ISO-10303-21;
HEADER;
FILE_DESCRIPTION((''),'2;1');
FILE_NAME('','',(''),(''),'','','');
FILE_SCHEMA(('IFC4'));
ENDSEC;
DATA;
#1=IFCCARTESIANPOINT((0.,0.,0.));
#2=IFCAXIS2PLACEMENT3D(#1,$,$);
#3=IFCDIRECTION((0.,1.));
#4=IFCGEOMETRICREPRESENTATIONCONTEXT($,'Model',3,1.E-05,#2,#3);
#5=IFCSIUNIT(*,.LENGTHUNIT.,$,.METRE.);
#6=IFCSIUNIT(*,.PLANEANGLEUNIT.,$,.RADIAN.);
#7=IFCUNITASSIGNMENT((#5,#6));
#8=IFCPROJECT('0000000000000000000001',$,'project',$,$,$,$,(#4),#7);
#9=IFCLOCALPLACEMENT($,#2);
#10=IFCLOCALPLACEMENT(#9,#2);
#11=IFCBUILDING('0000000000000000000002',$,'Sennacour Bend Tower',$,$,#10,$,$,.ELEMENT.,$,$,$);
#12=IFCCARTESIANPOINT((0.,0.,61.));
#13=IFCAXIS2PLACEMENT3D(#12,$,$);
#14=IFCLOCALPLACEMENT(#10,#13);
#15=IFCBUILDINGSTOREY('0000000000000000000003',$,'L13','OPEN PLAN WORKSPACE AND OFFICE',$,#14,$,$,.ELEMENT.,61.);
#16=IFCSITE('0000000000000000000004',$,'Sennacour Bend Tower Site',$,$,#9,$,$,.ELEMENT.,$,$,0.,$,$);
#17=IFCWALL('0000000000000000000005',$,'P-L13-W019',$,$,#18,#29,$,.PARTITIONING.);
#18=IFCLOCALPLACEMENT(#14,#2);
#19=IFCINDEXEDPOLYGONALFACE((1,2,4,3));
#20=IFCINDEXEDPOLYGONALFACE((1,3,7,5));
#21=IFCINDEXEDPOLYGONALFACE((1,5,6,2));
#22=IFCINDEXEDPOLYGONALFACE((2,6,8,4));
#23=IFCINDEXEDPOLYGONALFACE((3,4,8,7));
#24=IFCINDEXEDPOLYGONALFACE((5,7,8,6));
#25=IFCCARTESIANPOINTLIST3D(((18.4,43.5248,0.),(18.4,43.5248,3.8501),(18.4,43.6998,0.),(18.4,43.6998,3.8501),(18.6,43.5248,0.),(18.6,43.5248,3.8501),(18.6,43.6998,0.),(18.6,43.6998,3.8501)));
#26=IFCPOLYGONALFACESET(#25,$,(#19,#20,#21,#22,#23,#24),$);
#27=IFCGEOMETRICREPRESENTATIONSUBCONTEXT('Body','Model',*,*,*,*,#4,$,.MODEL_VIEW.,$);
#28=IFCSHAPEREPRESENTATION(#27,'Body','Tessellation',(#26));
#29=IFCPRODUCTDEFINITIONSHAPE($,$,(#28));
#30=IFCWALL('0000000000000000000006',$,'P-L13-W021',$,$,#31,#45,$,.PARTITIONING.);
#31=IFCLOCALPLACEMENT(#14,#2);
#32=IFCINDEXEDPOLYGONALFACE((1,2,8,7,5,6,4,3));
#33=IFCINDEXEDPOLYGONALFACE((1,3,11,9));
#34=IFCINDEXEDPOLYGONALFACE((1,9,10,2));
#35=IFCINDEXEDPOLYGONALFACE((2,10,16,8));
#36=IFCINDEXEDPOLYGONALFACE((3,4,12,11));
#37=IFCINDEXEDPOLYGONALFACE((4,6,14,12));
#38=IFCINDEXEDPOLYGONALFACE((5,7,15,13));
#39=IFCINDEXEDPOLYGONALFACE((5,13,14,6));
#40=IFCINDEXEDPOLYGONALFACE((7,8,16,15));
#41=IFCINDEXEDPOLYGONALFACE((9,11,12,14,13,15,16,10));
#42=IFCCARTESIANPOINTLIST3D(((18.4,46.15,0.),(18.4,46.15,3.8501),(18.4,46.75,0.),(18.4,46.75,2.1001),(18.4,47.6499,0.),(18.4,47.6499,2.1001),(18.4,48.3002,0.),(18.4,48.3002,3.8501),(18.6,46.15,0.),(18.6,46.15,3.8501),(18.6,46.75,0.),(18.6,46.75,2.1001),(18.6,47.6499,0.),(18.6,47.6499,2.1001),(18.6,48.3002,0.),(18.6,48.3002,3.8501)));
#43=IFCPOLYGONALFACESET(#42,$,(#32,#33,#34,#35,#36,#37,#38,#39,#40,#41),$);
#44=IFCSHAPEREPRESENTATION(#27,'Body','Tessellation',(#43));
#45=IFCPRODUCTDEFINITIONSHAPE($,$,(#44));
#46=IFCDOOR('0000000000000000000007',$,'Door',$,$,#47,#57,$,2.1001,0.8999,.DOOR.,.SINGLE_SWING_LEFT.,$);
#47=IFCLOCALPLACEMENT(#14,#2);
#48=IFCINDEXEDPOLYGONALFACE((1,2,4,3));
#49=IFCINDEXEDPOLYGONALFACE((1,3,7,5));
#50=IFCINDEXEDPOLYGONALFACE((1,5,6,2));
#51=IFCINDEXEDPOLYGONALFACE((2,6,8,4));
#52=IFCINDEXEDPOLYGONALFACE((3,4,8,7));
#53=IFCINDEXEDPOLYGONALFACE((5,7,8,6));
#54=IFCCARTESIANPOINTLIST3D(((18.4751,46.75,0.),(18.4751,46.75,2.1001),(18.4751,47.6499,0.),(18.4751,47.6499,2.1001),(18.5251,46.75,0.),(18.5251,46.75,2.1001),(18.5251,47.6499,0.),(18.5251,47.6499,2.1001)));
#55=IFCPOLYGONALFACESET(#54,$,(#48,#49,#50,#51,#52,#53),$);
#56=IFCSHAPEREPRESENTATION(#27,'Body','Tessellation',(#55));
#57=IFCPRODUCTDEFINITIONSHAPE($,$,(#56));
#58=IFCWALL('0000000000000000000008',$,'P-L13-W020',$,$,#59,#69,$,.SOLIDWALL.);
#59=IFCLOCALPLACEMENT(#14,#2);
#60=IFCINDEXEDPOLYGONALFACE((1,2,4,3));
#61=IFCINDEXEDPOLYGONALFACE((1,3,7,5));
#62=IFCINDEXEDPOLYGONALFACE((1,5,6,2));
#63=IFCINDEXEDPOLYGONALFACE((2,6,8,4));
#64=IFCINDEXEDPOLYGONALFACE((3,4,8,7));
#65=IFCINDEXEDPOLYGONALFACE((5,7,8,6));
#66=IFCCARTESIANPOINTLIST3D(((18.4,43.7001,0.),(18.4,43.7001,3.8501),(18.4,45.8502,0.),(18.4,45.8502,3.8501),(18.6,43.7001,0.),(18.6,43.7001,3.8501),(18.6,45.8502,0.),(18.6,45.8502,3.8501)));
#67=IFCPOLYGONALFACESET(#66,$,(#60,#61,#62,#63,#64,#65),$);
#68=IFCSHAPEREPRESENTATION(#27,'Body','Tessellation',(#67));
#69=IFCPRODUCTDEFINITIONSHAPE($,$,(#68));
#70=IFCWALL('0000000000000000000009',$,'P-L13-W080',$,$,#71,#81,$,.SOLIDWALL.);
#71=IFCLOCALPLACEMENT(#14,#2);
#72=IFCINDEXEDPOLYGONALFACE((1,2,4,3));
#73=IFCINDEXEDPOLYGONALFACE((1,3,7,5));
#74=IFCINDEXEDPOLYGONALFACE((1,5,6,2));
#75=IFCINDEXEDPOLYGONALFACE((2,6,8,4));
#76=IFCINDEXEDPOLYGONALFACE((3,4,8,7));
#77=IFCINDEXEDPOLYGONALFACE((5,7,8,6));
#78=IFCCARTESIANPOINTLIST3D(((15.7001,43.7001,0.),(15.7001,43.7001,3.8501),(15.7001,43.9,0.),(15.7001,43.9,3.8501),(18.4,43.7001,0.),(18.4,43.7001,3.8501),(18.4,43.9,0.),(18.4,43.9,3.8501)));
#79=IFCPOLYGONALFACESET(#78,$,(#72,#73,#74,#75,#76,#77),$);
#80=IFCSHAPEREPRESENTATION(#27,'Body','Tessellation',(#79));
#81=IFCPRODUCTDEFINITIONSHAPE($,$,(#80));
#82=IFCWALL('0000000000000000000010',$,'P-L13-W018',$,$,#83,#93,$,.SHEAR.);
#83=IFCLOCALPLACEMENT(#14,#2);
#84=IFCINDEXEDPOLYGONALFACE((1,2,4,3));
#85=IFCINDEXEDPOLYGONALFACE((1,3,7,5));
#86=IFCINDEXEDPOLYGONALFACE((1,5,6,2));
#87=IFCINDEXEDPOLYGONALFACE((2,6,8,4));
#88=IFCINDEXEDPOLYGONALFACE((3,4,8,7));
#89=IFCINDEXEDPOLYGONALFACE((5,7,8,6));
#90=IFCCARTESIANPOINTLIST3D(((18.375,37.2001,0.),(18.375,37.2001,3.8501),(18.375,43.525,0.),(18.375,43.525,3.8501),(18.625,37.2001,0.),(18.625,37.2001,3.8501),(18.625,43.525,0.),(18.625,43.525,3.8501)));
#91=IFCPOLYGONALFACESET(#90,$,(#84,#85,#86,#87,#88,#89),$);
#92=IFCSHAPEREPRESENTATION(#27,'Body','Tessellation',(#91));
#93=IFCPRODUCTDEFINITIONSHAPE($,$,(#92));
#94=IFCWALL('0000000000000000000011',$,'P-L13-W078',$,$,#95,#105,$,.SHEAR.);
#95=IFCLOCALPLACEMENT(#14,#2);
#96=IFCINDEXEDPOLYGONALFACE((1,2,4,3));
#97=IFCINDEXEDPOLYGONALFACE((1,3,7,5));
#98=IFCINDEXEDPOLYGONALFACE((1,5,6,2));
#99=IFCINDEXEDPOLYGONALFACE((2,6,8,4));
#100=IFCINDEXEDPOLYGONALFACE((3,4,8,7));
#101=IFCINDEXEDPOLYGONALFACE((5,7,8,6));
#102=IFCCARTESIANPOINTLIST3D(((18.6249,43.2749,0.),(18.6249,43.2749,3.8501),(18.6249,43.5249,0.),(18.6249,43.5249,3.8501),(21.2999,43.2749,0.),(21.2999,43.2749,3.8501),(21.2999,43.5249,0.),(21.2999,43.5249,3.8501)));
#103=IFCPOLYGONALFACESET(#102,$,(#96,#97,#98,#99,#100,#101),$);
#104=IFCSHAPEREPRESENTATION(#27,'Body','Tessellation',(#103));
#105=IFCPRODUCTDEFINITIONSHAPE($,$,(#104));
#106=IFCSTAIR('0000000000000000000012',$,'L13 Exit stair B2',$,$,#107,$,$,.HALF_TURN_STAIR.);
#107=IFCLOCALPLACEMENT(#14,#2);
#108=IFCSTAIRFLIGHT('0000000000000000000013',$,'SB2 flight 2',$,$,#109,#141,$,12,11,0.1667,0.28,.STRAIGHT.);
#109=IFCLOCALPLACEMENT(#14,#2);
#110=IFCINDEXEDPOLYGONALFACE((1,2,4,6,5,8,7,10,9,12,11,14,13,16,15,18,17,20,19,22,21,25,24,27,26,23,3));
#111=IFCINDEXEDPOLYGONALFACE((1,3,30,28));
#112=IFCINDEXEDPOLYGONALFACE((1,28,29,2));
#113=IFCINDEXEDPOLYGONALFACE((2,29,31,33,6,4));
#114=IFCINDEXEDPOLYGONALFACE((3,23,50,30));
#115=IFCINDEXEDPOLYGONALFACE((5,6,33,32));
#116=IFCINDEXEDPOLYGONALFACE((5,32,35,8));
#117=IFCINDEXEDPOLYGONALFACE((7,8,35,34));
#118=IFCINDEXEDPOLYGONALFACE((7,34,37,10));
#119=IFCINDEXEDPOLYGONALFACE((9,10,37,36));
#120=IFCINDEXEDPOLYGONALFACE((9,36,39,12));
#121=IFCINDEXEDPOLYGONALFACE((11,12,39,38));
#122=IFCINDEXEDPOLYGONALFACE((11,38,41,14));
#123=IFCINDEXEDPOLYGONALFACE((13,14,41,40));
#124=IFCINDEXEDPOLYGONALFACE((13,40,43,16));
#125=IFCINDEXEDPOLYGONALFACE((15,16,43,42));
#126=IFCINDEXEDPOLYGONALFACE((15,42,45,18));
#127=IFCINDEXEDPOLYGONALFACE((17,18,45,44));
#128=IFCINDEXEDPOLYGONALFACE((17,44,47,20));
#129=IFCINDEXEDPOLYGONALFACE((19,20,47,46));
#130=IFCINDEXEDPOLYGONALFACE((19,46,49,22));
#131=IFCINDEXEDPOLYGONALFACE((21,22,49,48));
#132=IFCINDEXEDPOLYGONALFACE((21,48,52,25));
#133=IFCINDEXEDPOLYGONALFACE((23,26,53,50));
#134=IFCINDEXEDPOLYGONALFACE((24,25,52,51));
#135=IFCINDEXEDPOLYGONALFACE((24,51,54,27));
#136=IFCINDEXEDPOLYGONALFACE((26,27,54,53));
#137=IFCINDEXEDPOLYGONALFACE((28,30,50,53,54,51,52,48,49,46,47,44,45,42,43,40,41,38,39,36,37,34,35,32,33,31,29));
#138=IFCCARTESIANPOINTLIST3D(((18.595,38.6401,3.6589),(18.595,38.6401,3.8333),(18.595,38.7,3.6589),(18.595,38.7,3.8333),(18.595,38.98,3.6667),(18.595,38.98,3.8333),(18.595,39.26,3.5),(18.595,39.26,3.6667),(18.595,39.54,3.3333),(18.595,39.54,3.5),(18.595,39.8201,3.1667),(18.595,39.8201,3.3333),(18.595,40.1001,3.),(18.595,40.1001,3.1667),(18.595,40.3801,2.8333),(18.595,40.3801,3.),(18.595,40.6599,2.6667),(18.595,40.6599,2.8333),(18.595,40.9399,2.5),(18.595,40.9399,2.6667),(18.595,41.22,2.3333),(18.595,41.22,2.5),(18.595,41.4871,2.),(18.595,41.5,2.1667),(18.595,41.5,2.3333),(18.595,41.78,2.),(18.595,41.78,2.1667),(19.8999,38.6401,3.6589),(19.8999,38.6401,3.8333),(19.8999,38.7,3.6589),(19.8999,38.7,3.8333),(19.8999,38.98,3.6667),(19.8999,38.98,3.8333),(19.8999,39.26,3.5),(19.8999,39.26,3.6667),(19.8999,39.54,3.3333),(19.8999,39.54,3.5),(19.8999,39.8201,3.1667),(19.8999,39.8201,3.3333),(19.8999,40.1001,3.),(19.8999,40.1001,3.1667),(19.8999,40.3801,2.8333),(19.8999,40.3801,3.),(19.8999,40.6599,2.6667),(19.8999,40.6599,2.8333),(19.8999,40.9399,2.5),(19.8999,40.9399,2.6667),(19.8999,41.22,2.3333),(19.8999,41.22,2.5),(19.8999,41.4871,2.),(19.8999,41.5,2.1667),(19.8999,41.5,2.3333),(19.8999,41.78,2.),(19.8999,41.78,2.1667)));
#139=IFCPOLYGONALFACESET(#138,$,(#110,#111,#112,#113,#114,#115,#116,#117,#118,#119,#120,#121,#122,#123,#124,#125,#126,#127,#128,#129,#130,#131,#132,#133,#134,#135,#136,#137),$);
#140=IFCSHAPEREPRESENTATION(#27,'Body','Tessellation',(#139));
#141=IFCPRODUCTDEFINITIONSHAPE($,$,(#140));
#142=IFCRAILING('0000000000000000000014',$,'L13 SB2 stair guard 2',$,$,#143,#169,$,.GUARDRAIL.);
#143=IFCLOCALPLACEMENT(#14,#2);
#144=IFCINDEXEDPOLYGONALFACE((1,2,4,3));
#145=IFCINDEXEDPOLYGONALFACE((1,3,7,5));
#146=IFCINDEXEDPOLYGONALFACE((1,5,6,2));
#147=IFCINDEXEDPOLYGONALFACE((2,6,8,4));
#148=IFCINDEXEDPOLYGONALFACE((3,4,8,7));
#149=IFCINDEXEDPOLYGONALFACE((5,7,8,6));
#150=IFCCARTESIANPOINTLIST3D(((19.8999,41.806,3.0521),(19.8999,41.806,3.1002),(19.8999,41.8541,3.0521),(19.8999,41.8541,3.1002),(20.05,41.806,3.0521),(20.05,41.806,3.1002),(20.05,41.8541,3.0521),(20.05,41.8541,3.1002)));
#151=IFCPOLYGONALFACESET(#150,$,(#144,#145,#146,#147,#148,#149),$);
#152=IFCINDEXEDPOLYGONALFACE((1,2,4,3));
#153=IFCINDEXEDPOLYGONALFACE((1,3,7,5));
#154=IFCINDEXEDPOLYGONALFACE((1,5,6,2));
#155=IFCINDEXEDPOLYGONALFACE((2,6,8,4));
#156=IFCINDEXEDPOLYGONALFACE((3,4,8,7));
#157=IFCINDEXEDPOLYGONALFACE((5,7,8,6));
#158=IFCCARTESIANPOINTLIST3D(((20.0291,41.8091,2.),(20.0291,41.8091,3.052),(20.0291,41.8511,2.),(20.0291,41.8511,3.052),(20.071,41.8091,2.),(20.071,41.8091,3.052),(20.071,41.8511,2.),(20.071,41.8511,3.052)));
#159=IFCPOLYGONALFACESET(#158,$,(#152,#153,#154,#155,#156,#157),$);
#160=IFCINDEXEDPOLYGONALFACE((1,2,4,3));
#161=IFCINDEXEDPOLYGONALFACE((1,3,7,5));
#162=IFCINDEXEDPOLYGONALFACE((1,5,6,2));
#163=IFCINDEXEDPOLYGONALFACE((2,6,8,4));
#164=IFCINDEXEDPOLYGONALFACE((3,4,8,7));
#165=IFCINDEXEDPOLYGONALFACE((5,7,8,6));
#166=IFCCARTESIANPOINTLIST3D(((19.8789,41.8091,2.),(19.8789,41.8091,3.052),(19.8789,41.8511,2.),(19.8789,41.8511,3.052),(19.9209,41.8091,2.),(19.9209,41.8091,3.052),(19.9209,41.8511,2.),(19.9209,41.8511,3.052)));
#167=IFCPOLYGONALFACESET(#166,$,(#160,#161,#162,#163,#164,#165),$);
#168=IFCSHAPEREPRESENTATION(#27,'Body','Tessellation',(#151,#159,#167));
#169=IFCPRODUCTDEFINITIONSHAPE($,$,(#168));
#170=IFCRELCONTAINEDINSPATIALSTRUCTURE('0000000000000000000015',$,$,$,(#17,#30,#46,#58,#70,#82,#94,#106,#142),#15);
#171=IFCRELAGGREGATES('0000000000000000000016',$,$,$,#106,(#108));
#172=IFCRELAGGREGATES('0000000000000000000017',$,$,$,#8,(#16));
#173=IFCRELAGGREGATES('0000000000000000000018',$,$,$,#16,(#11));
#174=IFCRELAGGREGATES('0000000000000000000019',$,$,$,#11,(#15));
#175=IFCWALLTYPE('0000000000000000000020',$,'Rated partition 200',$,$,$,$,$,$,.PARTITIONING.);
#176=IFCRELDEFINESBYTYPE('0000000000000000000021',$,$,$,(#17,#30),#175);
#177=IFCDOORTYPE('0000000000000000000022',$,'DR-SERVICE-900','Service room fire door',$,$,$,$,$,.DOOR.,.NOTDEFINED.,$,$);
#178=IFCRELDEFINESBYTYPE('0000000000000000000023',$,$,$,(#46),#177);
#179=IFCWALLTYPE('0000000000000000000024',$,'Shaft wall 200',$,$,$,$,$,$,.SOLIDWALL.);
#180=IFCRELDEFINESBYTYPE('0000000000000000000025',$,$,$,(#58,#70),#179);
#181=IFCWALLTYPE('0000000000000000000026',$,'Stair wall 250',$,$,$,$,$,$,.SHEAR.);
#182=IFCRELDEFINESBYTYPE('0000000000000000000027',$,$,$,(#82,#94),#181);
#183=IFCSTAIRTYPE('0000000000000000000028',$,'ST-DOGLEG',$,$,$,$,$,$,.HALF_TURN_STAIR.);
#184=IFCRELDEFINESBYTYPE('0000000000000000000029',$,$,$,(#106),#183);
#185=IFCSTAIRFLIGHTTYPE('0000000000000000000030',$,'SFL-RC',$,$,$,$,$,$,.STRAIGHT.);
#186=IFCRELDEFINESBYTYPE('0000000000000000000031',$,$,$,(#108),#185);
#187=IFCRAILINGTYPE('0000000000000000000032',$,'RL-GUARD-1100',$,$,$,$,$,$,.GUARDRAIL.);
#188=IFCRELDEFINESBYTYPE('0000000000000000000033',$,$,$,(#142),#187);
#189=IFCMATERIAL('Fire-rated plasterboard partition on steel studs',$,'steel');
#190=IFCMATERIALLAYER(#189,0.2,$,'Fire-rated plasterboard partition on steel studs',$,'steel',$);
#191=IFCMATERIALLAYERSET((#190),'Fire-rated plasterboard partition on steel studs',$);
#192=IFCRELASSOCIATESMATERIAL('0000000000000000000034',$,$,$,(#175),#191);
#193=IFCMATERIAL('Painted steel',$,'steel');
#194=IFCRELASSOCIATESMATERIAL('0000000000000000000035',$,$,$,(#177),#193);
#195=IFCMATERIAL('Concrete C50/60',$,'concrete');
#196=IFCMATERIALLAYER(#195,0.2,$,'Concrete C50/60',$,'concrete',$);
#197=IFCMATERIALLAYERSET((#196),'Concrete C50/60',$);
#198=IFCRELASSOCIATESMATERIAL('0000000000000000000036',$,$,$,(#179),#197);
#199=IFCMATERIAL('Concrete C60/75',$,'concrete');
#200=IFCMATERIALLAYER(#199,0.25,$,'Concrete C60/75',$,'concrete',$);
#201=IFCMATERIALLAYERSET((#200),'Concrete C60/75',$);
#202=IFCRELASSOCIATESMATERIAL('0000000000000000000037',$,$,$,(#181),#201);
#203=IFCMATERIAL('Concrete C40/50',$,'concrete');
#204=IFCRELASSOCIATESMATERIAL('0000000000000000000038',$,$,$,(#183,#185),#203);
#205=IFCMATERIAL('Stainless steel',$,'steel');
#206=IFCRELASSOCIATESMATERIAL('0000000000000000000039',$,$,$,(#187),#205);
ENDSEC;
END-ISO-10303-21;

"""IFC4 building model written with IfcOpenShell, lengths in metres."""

from ifc_helpers import new_model, si_unit, direction, frame, frame_2d, origin, origin_2d, place, context, subcontext, project, spatial, polyline, rectangle, outline, extrude, material, layer, layer_set, type_object, element, fill, aggregate, save


model = new_model("IFC4")

# Units and contexts
model_context = context("Model", 3, precision=1e-05, world=origin(), true_north=direction((0.0, 1.0)))
body_context = subcontext(model_context, "Body", "Model", "MODEL_VIEW")
ifc_project = project(units=[si_unit("LENGTHUNIT", "METRE"), si_unit("PLANEANGLEUNIT", "RADIAN")], contexts=[model_context])

# Site, building, storey
site_placement = place(None, origin())
site = spatial("IfcSite", under=ifc_project, at=site_placement, Name="Sennacour Bend Tower Site", CompositionType="ELEMENT", RefElevation=0.0)
building_placement = place(site_placement, origin())
building = spatial("IfcBuilding", under=site, at=building_placement, Name="Sennacour Bend Tower", CompositionType="ELEMENT")
storey_placement = place(building_placement, frame((0.0, 0.0, 61.0)))
storey = spatial("IfcBuildingStorey", under=building, at=storey_placement, Name="L13", Description="OPEN PLAN WORKSPACE AND OFFICE", CompositionType="ELEMENT", Elevation=61.0)

# Wall
ifc_material_1 = material(Name="Fire-rated plasterboard partition on steel studs", Category="steel")
ifc_layer_1 = layer(ifc_material_1, 0.2, Name="Fire-rated plasterboard partition on steel studs", Category="steel")
ifc_layer_set_1 = layer_set([ifc_layer_1], Name="Fire-rated plasterboard partition on steel studs")
wall_type_1 = type_object("IfcWallType", Name="Rated partition 200", PredefinedType="PARTITIONING", material=ifc_layer_set_1)
wall_1_placement = place(storey_placement, frame((18.5, 43.5249, 0.0), z_axis=(0.0, 0.0, 1.0), x_axis=(0.0, 1.0, 0.0)))
element("IfcWall", 1, at=wall_1_placement, inside=storey, type_object=wall_type_1, Name="P-L13-W019", PredefinedType="PARTITIONING", context=body_context, shape_type="SweptSolid", body=[
    extrude(rectangle(XDim=0.175, YDim=0.2, at=frame_2d((0.0874, 0.0))), origin(), (0.0, 0.0, 1.0), 3.8501),
])

# Wall, opening, door
wall_2_placement = place(storey_placement, frame((18.5, 46.1499, 0.0), z_axis=(0.0, 0.0, 1.0), x_axis=(0.0, 1.0, 0.0)))
wall_2 = element("IfcWall", 2, at=wall_2_placement, inside=storey, type_object=wall_type_1, Name="P-L13-W021", PredefinedType="PARTITIONING", context=body_context, shape_type="SweptSolid", body=[
    extrude(rectangle(XDim=2.1501, YDim=0.2, at=frame_2d((1.0752, 0.0))), origin(), (0.0, 0.0, 1.0), 3.8501),
])
opening_placement = place(wall_2_placement, frame((0.6001, 0.0, 0.0)))
opening = element("IfcOpeningElement", 3, at=opening_placement, cuts=wall_2, PredefinedType="OPENING", context=body_context, shape_type="SweptSolid", body=[
    extrude(rectangle(XDim=0.8999, YDim=2.1001, at=frame_2d((0.45, 1.05))), frame((0.0, 0.1099, 0.0), z_axis=(0.0, -1.0, 0.0), x_axis=(1.0, 0.0, 0.0)), (0.0, 0.0, 1.0), 0.22),
])
ifc_material_2 = material(Name="Painted steel", Category="steel")
door_type = type_object("IfcDoorType", Name="DR-SERVICE-900", Description="Service room fire door", OperationType="NOTDEFINED", PredefinedType="DOOR", material=ifc_material_2)
door_placement = place(opening_placement, origin())
door = element("IfcDoor", 4, at=door_placement, inside=storey, type_object=door_type, Name="Door", OperationType="SINGLE_SWING_LEFT", OverallHeight=2.1001, OverallWidth=0.8999, PredefinedType="DOOR", context=body_context, shape_type="SweptSolid", body=[
    extrude(rectangle(XDim=0.8999, YDim=2.1001, at=frame_2d((0.45, 1.05))), frame((0.0, 0.0249, 0.0), z_axis=(0.0, -1.0, 0.0), x_axis=(1.0, 0.0, 0.0)), (0.0, 0.0, 1.0), 0.05),
])
fill(opening, door)

# Walls
ifc_material_3 = material(Name="Concrete C50/60", Category="concrete")
ifc_layer_2 = layer(ifc_material_3, 0.2, Name="Concrete C50/60", Category="concrete")
ifc_layer_set_2 = layer_set([ifc_layer_2], Name="Concrete C50/60")
wall_type_2 = type_object("IfcWallType", Name="Shaft wall 200", PredefinedType="SOLIDWALL", material=ifc_layer_set_2)
wall_3_placement = place(storey_placement, frame((18.5, 43.7, 0.0), z_axis=(0.0, 0.0, 1.0), x_axis=(0.0, 1.0, 0.0)))
element("IfcWall", 5, at=wall_3_placement, inside=storey, type_object=wall_type_2, Name="P-L13-W020", PredefinedType="SOLIDWALL", context=body_context, shape_type="SweptSolid", body=[
    extrude(rectangle(XDim=2.1501, YDim=0.2, at=frame_2d((1.0752, 0.0))), origin(), (0.0, 0.0, 1.0), 3.8501),
])
wall_4_placement = place(storey_placement, frame((15.7, 43.8, 0.0), z_axis=(0.0, 0.0, 1.0), x_axis=(1.0, 0.0, 0.0)))
element("IfcWall", 6, at=wall_4_placement, inside=storey, type_object=wall_type_2, Name="P-L13-W080", PredefinedType="SOLIDWALL", context=body_context, shape_type="SweptSolid", body=[
    extrude(rectangle(XDim=2.7, YDim=0.2, at=frame_2d((1.3501, 0.0))), origin(), (0.0, 0.0, 1.0), 3.8501),
])
ifc_material_4 = material(Name="Concrete C60/75", Category="concrete")
ifc_layer_3 = layer(ifc_material_4, 0.25, Name="Concrete C60/75", Category="concrete")
ifc_layer_set_3 = layer_set([ifc_layer_3], Name="Concrete C60/75")
wall_type_3 = type_object("IfcWallType", Name="Stair wall 250", PredefinedType="SHEAR", material=ifc_layer_set_3)
wall_5_placement = place(storey_placement, frame((18.5, 37.2, 0.0), z_axis=(0.0, 0.0, 1.0), x_axis=(0.0, 1.0, 0.0)))
element("IfcWall", 7, at=wall_5_placement, inside=storey, type_object=wall_type_3, Name="P-L13-W018", PredefinedType="SHEAR", context=body_context, shape_type="SweptSolid", body=[
    extrude(rectangle(XDim=6.325, YDim=0.25, at=frame_2d((3.1626, 0.0))), origin(), (0.0, 0.0, 1.0), 3.8501),
])
wall_6_placement = place(storey_placement, frame((18.625, 43.3999, 0.0), z_axis=(0.0, 0.0, 1.0), x_axis=(1.0, 0.0, 0.0)))
element("IfcWall", 8, at=wall_6_placement, inside=storey, type_object=wall_type_3, Name="P-L13-W078", PredefinedType="SHEAR", context=body_context, shape_type="SweptSolid", body=[
    extrude(rectangle(XDim=2.675, YDim=0.25, at=frame_2d((1.3374, 0.0))), origin(), (0.0, 0.0, 1.0), 3.8501),
])

# Stair, stair flight
ifc_material_5 = material(Name="Concrete C40/50", Category="concrete")
stair_type = type_object("IfcStairType", Name="ST-DOGLEG", PredefinedType="HALF_TURN_STAIR", material=ifc_material_5)
stair_placement = place(storey_placement, origin())
stair = element("IfcStair", 9, at=stair_placement, inside=storey, type_object=stair_type, Name="L13 Exit stair B2", PredefinedType="HALF_TURN_STAIR")
stair_flight_type = type_object("IfcStairFlightType", Name="SFL-RC", PredefinedType="STRAIGHT", material=ifc_material_5)
stair_flight_placement = place(storey_placement, frame((19.2476, 41.78, 2.0), z_axis=(0.0, 0.0, 1.0), x_axis=(0.0, -1.0, 0.0)))
stair_flight = element("IfcStairFlight", 10, at=stair_flight_placement, type_object=stair_flight_type, Name="SB2 flight 2", NumberOfRisers=12, NumberOfTreads=11, PredefinedType="STRAIGHT", RiserHeight=0.1667, TreadLength=0.28, context=body_context, shape_type="SweptSolid", body=[
    extrude(outline(polyline([(0.0, 0.0), (0.0, 0.1667), (0.28, 0.1667), (0.28, 0.3333), (0.5601, 0.3333), (0.5601, 0.5), (0.8401, 0.5), (0.8401, 0.6667), (1.1201, 0.6667), (1.1201, 0.8333), (1.3999, 0.8333), (1.3999, 1.0), (1.6799, 1.0), (1.6799, 1.1667), (1.96, 1.1667), (1.96, 1.3333), (2.24, 1.3333), (2.24, 1.5), (2.52, 1.5), (2.52, 1.6667), (2.8, 1.6667), (2.8, 1.8333), (3.0801, 1.8333), (3.1399, 1.8333), (3.1399, 1.6589), (3.0801, 1.6589), (0.293, 0.0), (0.0, 0.0)])), frame((0.0, 0.6523, 0.0), z_axis=(0.0, -1.0, 0.0), x_axis=(1.0, 0.0, 0.0)), (0.0, 0.0, 1.0), 1.3049),
])
aggregate(stair, [stair_flight])

# Railing
ifc_material_6 = material(Name="Stainless steel", Category="steel")
railing_type_1 = type_object("IfcRailingType", Name="RL-GUARD-1100", PredefinedType="GUARDRAIL", material=ifc_material_6)
railing_1_placement = place(storey_placement, frame((20.05, 41.8301, 2.0)))
element("IfcRailing", 11, at=railing_1_placement, inside=storey, type_object=railing_type_1, Name="L13 SB2 stair guard 2", PredefinedType="GUARDRAIL", context=body_context, shape_type="SweptSolid", body=[
    extrude(rectangle(XDim=0.0481, YDim=0.0481, at=origin_2d()), frame((0.0, 0.0, 1.0762), z_axis=(-1.0, 0.0, 0.0), x_axis=(0.0, -1.0, 0.0)), (0.0, 0.0, 1.0), 0.1501),
    extrude(rectangle(XDim=0.042, YDim=0.042, at=origin_2d()), origin(), (0.0, 0.0, 1.0), 1.052),
    extrude(rectangle(XDim=0.042, YDim=0.042, at=origin_2d()), frame((-0.1501, 0.0, 0.0)), (0.0, 0.0, 1.0), 1.052),
])

save(model, "model.ifc")
